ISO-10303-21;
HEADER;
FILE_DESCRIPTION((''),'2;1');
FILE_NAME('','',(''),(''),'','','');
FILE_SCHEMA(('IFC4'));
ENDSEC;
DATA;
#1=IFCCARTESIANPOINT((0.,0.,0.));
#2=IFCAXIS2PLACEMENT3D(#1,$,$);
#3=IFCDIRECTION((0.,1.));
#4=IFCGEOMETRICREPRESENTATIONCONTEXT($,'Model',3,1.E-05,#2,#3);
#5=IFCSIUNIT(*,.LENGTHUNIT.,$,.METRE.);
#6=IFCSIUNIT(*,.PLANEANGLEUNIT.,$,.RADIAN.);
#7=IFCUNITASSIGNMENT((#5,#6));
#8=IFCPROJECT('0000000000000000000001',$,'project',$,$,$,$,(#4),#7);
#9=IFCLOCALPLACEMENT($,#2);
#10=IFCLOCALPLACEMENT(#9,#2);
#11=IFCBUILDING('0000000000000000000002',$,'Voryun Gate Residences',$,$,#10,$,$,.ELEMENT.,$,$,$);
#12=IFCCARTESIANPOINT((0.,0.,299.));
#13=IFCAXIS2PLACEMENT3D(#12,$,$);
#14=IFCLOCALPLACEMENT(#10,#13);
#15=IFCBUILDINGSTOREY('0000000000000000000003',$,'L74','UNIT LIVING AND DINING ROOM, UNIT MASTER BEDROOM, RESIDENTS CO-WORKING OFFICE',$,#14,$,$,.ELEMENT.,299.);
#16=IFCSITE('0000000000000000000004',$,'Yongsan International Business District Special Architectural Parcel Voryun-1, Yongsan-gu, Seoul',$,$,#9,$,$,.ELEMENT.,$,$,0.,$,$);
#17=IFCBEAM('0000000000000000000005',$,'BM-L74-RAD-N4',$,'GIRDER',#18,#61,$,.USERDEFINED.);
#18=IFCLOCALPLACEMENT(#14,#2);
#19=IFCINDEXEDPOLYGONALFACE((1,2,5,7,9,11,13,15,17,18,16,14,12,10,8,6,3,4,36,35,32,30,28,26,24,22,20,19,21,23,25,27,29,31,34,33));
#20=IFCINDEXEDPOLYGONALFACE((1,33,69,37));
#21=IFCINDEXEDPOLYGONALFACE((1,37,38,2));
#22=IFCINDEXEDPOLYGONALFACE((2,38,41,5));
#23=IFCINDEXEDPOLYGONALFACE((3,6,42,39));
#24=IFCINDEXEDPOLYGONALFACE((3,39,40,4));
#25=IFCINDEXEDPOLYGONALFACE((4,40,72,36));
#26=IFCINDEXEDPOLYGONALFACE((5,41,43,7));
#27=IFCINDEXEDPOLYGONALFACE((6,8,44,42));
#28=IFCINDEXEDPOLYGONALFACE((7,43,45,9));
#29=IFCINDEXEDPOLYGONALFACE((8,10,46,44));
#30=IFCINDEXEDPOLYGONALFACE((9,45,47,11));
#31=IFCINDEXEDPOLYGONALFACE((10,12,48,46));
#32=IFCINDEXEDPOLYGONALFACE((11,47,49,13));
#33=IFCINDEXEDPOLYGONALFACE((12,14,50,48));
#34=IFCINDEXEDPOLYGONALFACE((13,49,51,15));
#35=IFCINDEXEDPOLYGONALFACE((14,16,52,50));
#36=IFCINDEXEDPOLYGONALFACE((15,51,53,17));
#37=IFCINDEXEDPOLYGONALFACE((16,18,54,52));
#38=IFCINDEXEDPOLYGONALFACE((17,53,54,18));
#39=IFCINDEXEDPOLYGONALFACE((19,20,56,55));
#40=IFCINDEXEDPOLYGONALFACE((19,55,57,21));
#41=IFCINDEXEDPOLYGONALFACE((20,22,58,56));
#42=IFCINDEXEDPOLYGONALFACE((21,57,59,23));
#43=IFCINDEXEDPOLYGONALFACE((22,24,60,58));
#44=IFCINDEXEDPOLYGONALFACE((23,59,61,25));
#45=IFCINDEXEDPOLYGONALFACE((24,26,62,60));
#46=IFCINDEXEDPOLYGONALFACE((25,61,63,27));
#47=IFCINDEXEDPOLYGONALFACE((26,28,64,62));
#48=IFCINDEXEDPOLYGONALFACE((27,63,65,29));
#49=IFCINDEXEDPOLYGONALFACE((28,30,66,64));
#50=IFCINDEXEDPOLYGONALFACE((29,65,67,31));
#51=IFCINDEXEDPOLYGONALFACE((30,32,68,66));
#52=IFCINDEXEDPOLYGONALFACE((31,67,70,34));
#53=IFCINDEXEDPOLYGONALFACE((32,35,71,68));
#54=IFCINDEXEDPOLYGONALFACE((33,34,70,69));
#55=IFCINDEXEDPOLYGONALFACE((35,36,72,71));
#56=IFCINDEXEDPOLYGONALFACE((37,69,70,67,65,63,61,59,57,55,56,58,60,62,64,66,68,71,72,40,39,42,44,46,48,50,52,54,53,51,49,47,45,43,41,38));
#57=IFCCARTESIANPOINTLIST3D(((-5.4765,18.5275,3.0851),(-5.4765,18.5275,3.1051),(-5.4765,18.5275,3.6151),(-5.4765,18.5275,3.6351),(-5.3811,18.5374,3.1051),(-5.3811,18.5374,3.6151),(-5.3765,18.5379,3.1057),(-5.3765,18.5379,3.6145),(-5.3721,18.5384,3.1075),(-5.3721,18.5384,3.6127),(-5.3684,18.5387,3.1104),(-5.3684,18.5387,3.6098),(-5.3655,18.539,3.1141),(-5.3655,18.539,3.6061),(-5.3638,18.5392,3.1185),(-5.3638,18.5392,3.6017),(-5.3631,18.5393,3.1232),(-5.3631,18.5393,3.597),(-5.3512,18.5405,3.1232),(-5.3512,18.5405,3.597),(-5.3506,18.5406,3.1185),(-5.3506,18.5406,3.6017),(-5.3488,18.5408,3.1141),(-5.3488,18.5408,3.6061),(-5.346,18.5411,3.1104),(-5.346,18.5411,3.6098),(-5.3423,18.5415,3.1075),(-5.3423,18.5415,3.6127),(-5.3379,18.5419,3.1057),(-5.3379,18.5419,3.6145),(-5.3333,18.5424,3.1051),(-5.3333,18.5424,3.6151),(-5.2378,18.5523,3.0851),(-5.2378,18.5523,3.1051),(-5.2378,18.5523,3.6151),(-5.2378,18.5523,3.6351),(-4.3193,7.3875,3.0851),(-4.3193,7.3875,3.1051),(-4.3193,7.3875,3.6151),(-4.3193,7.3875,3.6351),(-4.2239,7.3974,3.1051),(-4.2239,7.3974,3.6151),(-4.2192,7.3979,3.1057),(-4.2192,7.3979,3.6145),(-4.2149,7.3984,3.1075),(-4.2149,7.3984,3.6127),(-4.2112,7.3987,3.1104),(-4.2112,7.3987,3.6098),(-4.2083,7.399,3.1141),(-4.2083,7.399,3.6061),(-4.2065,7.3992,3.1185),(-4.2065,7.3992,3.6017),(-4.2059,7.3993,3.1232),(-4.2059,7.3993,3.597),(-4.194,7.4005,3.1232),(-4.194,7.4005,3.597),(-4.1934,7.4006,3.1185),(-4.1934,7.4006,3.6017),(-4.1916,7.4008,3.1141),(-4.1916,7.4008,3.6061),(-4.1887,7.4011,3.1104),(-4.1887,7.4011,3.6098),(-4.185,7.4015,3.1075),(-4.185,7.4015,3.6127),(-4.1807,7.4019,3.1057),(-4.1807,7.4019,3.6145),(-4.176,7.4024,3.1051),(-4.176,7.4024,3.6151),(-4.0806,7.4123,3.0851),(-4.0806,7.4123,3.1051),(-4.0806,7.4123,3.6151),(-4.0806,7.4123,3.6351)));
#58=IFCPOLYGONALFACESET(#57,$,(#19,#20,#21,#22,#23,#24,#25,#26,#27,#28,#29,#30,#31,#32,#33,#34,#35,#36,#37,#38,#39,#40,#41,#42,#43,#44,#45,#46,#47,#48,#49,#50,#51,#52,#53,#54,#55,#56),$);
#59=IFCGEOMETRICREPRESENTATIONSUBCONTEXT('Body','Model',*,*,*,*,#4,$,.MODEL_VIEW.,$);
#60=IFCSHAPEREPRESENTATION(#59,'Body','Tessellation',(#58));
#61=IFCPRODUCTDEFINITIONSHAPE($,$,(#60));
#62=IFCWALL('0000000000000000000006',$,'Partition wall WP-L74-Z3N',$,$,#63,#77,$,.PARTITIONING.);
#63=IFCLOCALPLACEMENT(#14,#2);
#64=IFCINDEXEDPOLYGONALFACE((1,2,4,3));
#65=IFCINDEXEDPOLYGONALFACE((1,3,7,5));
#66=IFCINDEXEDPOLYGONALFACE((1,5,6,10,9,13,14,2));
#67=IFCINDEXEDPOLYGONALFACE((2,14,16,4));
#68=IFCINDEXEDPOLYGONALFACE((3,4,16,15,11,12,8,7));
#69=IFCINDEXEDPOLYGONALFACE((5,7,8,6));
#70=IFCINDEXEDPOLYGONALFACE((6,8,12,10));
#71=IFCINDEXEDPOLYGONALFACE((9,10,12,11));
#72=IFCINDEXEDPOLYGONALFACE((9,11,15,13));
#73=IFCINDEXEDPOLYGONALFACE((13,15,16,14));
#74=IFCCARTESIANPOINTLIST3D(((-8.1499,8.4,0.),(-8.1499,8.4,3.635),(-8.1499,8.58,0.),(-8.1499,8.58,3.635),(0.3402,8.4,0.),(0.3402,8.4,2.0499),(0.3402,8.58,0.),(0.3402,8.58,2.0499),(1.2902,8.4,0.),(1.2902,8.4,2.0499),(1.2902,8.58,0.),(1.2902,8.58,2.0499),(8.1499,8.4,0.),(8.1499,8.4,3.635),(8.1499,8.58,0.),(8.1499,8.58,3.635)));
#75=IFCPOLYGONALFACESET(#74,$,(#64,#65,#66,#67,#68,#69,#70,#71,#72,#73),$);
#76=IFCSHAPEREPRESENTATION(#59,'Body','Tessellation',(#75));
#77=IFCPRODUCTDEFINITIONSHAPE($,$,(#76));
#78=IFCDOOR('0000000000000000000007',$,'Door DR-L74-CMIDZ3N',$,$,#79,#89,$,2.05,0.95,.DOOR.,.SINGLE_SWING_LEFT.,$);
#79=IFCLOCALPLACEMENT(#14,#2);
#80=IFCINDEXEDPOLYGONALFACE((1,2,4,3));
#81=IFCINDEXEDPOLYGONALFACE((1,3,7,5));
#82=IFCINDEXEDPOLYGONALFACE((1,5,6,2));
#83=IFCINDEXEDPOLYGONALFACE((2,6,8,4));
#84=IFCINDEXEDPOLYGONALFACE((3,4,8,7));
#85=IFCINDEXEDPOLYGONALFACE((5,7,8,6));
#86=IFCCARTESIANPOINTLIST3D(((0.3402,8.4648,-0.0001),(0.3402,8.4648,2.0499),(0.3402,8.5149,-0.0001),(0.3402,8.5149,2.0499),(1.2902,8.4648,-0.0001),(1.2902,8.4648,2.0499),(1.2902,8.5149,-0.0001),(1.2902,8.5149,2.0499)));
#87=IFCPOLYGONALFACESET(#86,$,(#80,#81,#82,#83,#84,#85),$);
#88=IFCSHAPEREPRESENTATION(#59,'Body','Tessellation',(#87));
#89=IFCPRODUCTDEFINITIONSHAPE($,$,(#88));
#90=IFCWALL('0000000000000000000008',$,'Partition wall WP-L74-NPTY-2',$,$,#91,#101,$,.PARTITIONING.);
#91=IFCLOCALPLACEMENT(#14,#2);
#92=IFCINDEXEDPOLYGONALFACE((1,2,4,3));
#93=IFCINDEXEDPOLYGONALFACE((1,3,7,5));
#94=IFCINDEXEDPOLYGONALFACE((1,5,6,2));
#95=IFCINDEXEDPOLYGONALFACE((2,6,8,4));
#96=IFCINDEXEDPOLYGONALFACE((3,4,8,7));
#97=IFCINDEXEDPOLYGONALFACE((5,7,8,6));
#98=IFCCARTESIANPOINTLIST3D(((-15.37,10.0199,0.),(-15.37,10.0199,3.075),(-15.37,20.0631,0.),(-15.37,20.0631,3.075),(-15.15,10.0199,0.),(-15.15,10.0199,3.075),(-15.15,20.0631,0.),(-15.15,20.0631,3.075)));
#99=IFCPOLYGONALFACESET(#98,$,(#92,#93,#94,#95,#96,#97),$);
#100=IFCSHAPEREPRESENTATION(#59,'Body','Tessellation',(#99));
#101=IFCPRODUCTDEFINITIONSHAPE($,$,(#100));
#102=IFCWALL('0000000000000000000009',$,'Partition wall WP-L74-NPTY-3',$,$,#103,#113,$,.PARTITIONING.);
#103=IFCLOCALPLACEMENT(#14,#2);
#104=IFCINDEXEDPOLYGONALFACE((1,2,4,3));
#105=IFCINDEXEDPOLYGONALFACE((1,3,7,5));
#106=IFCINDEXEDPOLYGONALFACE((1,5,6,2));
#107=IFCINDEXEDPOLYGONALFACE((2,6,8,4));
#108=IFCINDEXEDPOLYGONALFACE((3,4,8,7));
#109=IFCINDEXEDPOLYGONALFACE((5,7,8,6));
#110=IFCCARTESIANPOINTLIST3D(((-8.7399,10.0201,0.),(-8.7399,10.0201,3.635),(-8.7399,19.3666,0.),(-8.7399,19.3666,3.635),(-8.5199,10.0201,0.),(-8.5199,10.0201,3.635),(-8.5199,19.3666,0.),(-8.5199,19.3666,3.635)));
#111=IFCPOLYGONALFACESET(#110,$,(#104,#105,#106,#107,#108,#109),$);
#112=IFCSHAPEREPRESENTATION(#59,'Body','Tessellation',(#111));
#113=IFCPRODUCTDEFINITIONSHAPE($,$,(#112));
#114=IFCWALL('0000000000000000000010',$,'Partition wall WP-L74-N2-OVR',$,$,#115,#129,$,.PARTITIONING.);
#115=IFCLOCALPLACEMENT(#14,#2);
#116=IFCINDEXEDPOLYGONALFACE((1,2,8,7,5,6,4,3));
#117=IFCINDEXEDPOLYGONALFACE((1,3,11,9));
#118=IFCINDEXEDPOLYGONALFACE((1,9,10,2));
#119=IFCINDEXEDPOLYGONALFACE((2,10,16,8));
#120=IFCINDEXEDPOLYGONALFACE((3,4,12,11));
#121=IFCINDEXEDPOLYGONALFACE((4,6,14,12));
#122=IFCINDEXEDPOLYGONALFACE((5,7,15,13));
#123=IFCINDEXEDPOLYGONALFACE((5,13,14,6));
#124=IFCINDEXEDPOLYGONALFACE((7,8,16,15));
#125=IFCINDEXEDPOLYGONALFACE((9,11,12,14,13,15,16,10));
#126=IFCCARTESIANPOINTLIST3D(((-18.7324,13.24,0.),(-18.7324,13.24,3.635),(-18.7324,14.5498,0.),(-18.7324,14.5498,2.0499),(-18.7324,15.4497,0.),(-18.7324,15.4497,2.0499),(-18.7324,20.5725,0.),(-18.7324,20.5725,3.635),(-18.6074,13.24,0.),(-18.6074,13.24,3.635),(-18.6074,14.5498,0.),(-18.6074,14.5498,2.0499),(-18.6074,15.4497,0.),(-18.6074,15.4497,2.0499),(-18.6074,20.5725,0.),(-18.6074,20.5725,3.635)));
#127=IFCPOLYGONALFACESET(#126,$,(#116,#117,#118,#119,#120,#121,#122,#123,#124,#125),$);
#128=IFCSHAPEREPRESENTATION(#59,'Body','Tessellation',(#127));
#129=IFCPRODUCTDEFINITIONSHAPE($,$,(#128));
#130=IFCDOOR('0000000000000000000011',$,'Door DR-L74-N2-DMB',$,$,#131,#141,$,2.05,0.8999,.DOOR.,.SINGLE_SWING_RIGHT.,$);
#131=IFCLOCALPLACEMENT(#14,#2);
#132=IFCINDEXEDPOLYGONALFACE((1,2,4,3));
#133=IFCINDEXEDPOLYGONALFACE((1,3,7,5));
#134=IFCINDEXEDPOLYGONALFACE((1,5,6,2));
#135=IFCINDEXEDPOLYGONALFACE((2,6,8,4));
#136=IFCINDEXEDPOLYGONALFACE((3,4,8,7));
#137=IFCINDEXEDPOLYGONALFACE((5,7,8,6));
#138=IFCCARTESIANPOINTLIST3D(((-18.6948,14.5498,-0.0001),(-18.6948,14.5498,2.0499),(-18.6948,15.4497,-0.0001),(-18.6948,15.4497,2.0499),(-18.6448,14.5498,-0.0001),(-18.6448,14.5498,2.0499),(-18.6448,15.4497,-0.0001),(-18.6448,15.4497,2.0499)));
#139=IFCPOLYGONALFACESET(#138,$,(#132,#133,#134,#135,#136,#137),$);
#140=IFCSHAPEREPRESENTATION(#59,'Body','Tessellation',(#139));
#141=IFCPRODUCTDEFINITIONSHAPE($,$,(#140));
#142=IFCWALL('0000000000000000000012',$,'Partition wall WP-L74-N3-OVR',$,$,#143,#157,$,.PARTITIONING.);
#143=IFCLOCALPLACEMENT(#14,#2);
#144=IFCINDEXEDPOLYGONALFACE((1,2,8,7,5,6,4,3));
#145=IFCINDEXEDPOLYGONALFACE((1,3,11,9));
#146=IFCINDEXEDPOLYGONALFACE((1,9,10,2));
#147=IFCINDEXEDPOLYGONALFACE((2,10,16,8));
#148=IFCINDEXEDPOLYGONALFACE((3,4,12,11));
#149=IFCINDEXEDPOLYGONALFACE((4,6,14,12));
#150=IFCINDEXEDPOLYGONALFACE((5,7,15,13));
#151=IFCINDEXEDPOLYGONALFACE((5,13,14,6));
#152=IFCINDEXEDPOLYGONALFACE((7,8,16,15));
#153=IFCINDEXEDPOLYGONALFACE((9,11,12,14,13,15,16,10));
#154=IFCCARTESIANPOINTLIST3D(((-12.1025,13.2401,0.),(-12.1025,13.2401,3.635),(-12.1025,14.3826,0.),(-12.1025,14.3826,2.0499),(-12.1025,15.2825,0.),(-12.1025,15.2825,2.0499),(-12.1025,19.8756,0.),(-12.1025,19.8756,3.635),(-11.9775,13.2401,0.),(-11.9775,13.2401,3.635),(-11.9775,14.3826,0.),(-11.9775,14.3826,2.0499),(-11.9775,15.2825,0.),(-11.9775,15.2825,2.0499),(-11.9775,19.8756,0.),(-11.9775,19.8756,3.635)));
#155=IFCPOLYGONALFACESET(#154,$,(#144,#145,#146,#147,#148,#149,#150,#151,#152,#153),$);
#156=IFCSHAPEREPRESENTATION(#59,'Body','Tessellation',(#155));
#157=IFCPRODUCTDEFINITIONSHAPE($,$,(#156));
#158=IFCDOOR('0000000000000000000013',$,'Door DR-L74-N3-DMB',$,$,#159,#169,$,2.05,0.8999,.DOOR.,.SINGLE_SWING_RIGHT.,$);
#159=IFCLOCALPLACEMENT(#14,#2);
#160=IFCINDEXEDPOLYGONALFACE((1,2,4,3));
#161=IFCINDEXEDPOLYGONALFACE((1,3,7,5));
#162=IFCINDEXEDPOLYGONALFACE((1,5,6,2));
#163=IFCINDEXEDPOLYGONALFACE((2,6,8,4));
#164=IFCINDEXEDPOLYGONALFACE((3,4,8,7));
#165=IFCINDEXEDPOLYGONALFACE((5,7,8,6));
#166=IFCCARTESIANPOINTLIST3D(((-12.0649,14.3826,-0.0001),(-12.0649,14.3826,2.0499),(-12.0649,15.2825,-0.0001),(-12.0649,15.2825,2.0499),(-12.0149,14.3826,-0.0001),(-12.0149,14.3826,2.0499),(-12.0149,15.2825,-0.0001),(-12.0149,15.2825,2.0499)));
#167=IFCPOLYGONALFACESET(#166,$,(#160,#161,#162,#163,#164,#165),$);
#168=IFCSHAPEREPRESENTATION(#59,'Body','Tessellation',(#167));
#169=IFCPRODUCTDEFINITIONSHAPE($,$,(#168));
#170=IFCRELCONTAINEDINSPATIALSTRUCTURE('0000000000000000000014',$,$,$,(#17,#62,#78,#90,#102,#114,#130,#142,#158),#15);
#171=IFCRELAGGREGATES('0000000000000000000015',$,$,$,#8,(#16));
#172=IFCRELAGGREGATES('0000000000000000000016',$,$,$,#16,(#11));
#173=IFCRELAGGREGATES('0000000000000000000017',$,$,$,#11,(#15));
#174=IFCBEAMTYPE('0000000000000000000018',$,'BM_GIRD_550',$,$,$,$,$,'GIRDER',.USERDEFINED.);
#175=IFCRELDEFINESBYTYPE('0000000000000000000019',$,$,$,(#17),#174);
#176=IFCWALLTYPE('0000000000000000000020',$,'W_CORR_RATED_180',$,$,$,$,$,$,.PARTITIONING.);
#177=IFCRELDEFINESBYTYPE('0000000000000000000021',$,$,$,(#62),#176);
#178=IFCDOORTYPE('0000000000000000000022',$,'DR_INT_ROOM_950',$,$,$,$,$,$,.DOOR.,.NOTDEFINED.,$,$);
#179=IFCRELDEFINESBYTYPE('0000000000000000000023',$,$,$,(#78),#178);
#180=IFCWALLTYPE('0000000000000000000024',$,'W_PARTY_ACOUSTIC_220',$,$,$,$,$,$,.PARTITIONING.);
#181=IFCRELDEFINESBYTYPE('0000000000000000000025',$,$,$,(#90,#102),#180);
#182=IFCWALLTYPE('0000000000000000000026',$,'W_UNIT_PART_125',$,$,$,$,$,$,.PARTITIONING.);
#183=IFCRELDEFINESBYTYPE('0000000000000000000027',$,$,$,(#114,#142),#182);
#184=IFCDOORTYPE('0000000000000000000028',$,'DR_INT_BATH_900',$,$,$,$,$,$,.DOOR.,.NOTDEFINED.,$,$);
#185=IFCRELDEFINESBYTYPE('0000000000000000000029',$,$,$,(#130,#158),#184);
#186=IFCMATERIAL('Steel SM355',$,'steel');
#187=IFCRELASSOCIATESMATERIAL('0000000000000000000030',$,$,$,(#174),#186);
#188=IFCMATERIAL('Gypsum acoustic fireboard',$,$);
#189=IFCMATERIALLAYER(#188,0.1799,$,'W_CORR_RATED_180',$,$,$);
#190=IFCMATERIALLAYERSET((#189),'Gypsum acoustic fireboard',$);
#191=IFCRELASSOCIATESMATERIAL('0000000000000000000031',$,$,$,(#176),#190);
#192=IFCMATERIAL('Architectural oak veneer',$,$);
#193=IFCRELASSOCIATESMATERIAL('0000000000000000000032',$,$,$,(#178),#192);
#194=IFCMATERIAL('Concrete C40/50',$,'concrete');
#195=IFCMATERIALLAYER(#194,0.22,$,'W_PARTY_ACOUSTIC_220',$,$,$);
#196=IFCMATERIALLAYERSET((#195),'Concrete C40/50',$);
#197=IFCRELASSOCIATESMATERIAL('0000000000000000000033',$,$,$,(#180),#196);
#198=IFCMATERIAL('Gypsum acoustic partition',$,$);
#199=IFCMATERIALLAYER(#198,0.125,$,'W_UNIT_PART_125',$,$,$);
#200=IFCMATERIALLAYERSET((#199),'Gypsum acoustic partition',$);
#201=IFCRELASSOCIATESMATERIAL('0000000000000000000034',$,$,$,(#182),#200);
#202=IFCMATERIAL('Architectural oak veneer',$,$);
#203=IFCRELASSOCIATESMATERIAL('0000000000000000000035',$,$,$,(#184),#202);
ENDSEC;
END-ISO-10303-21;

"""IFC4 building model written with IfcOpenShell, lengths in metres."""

from ifc_helpers import new_model, si_unit, direction, frame, frame_2d, origin, origin_2d, place, context, subcontext, project, spatial, rectangle, i_section, extrude, material, layer, layer_set, material_profile, profile_set, type_object, element, fill, save


model = new_model("IFC4")

# Units and contexts
model_context = context("Model", 3, precision=1e-05, world=origin(), true_north=direction((0.0, 1.0)))
body_context = subcontext(model_context, "Body", "Model", "MODEL_VIEW")
ifc_project = project(units=[si_unit("LENGTHUNIT", "METRE"), si_unit("PLANEANGLEUNIT", "RADIAN")], contexts=[model_context])

# Site, building, storey
site_placement = place(None, origin())
site = spatial("IfcSite", under=ifc_project, at=site_placement, Name="Yongsan International Business District Special Architectural Parcel Voryun-1, Yongsan-gu, Seoul", CompositionType="ELEMENT", RefElevation=0.0)
building_placement = place(site_placement, origin())
building = spatial("IfcBuilding", under=site, at=building_placement, Name="Voryun Gate Residences", CompositionType="ELEMENT")
storey_placement = place(building_placement, frame((0.0, 0.0, 299.0)))
storey = spatial("IfcBuildingStorey", under=building, at=storey_placement, Name="L74", Description="UNIT LIVING AND DINING ROOM, UNIT MASTER BEDROOM, RESIDENTS CO-WORKING OFFICE", CompositionType="ELEMENT", Elevation=299.0)

# Beam
ifc_material_1 = material(Name="Steel SM355", Category="steel")
ifc_material_profile_1 = material_profile(ifc_material_1, i_section(OverallWidth=0.24, OverallDepth=0.55, WebThickness=0.012, FlangeThickness=0.02, FilletRadius=0.0181, at=origin_2d()), Name="H-550x240x12x20")
ifc_profile_set_1 = profile_set([ifc_material_profile_1], Name="Steel SM355")
beam_type_1 = type_object("IfcBeamType", Name="BM_GIRD_550", ElementType="GIRDER", PredefinedType="USERDEFINED", material=ifc_profile_set_1)
beam_1_placement = place(storey_placement, frame((-4.2, 7.3999, 3.3601), z_axis=(-0.103325, 0.994648, 0.0), x_axis=(-0.994648, -0.103325, 0.0)))
element("IfcBeam", 1, at=beam_1_placement, inside=storey, type_object=beam_type_1, Name="BM-L74-RAD-N4", ObjectType="GIRDER", PredefinedType="USERDEFINED", context=body_context, shape_type="SweptSolid", body=[
    extrude(i_section(OverallWidth=0.24, OverallDepth=0.55, WebThickness=0.012, FlangeThickness=0.02, FilletRadius=0.0181, at=origin_2d()), origin(), (0.0, 0.0, 1.0), 11.2),
])

# Wall, opening, door
ifc_material_2 = material(Name="Gypsum acoustic fireboard")
ifc_layer_1 = layer(ifc_material_2, 0.1799, Name="W_CORR_RATED_180")
ifc_layer_set_1 = layer_set([ifc_layer_1], Name="Gypsum acoustic fireboard")
wall_type_1 = type_object("IfcWallType", Name="W_CORR_RATED_180", PredefinedType="PARTITIONING", material=ifc_layer_set_1)
wall_1_placement = place(storey_placement, frame((-8.1499, 8.49, 0.0), z_axis=(0.0, 0.0, 1.0), x_axis=(1.0, 0.0, 0.0)))
wall_1 = element("IfcWall", 2, at=wall_1_placement, inside=storey, type_object=wall_type_1, Name="Partition wall WP-L74-Z3N", PredefinedType="PARTITIONING", context=body_context, shape_type="SweptSolid", body=[
    extrude(rectangle(XDim=16.2998, YDim=0.1799, at=frame_2d((8.1499, 0.0))), origin(), (0.0, 0.0, 1.0), 3.635),
])
opening_1_placement = place(wall_1_placement, frame((8.49, 0.0, 0.0)))
opening_1 = element("IfcOpeningElement", 3, at=opening_1_placement, cuts=wall_1, PredefinedType="OPENING", context=body_context, shape_type="SweptSolid", body=[
    extrude(rectangle(XDim=0.95, YDim=2.05, at=frame_2d((0.4751, 1.0249))), frame((0.0, 0.0999, 0.0), z_axis=(0.0, -1.0, 0.0), x_axis=(1.0, 0.0, 0.0)), (0.0, 0.0, 1.0), 0.2),
])
ifc_material_3 = material(Name="Architectural oak veneer")
door_type_1 = type_object("IfcDoorType", Name="DR_INT_ROOM_950", OperationType="NOTDEFINED", PredefinedType="DOOR", material=ifc_material_3)
door_1_placement = place(opening_1_placement, origin())
door_1 = element("IfcDoor", 4, at=door_1_placement, inside=storey, type_object=door_type_1, Name="Door DR-L74-CMIDZ3N", OperationType="SINGLE_SWING_LEFT", OverallHeight=2.05, OverallWidth=0.95, PredefinedType="DOOR", context=body_context, shape_type="SweptSolid", body=[
    extrude(rectangle(XDim=0.95, YDim=2.05, at=frame_2d((0.4751, 1.0249))), frame((0.0, 0.0249, 0.0), z_axis=(0.0, -1.0, 0.0), x_axis=(1.0, 0.0, 0.0)), (0.0, 0.0, 1.0), 0.05),
])
fill(opening_1, door_1)

# Walls
ifc_material_4 = material(Name="Concrete C40/50", Category="concrete")
ifc_layer_2 = layer(ifc_material_4, 0.22, Name="W_PARTY_ACOUSTIC_220")
ifc_layer_set_2 = layer_set([ifc_layer_2], Name="Concrete C40/50")
wall_type_2 = type_object("IfcWallType", Name="W_PARTY_ACOUSTIC_220", PredefinedType="PARTITIONING", material=ifc_layer_set_2)
wall_2_placement = place(storey_placement, frame((-15.26, 10.02, 0.0), z_axis=(0.0, 0.0, 1.0), x_axis=(0.0, 1.0, 0.0)))
element("IfcWall", 5, at=wall_2_placement, inside=storey, type_object=wall_type_2, Name="Partition wall WP-L74-NPTY-2", PredefinedType="PARTITIONING", context=body_context, shape_type="SweptSolid", body=[
    extrude(rectangle(XDim=10.0432, YDim=0.22, at=frame_2d((5.0215, 0.0))), origin(), (0.0, 0.0, 1.0), 3.075),
])
wall_3_placement = place(storey_placement, frame((-8.6299, 10.02, 0.0), z_axis=(0.0, 0.0, 1.0), x_axis=(0.0, 1.0, 0.0)))
element("IfcWall", 6, at=wall_3_placement, inside=storey, type_object=wall_type_2, Name="Partition wall WP-L74-NPTY-3", PredefinedType="PARTITIONING", context=body_context, shape_type="SweptSolid", body=[
    extrude(rectangle(XDim=9.3464, YDim=0.22, at=frame_2d((4.6733, 0.0))), origin(), (0.0, 0.0, 1.0), 3.635),
])

# Walls, openings, doors
ifc_material_5 = material(Name="Gypsum acoustic partition")
ifc_layer_3 = layer(ifc_material_5, 0.125, Name="W_UNIT_PART_125")
ifc_layer_set_3 = layer_set([ifc_layer_3], Name="Gypsum acoustic partition")
wall_type_3 = type_object("IfcWallType", Name="W_UNIT_PART_125", PredefinedType="PARTITIONING", material=ifc_layer_set_3)
wall_4_placement = place(storey_placement, frame((-18.6699, 13.24, 0.0), z_axis=(0.0, 0.0, 1.0), x_axis=(0.0, 1.0, 0.0)))
wall_4 = element("IfcWall", 7, at=wall_4_placement, inside=storey, type_object=wall_type_3, Name="Partition wall WP-L74-N2-OVR", PredefinedType="PARTITIONING", context=body_context, shape_type="SweptSolid", body=[
    extrude(rectangle(XDim=7.3325, YDim=0.125, at=frame_2d((3.6663, 0.0))), origin(), (0.0, 0.0, 1.0), 3.635),
])
opening_2_placement = place(wall_4_placement, frame((1.3098, 0.0, 0.0)))
opening_2 = element("IfcOpeningElement", 8, at=opening_2_placement, cuts=wall_4, PredefinedType="OPENING", context=body_context, shape_type="SweptSolid", body=[
    extrude(rectangle(XDim=0.8999, YDim=2.05, at=frame_2d((0.45, 1.0249))), frame((0.0, 0.0725, 0.0), z_axis=(0.0, -1.0, 0.0), x_axis=(1.0, 0.0, 0.0)), (0.0, 0.0, 1.0), 0.145),
])
ifc_material_6 = material(Name="Architectural oak veneer")
door_type_2 = type_object("IfcDoorType", Name="DR_INT_BATH_900", OperationType="NOTDEFINED", PredefinedType="DOOR", material=ifc_material_6)
door_2_placement = place(opening_2_placement, origin())
door_2 = element("IfcDoor", 9, at=door_2_placement, inside=storey, type_object=door_type_2, Name="Door DR-L74-N2-DMB", OperationType="SINGLE_SWING_RIGHT", OverallHeight=2.05, OverallWidth=0.8999, PredefinedType="DOOR", context=body_context, shape_type="SweptSolid", body=[
    extrude(rectangle(XDim=0.8999, YDim=2.05, at=frame_2d((0.45, 1.0249))), frame((0.0, 0.0249, 0.0), z_axis=(0.0, -1.0, 0.0), x_axis=(1.0, 0.0, 0.0)), (0.0, 0.0, 1.0), 0.05),
])
fill(opening_2, door_2)
wall_5_placement = place(storey_placement, frame((-12.04, 13.24, 0.0), z_axis=(0.0, 0.0, 1.0), x_axis=(0.0, 1.0, 0.0)))
wall_5 = element("IfcWall", 10, at=wall_5_placement, inside=storey, type_object=wall_type_3, Name="Partition wall WP-L74-N3-OVR", PredefinedType="PARTITIONING", context=body_context, shape_type="SweptSolid", body=[
    extrude(rectangle(XDim=6.6355, YDim=0.125, at=frame_2d((3.3179, 0.0))), origin(), (0.0, 0.0, 1.0), 3.635),
])
opening_3_placement = place(wall_5_placement, frame((1.1426, 0.0, 0.0)))
opening_3 = element("IfcOpeningElement", 11, at=opening_3_placement, cuts=wall_5, PredefinedType="OPENING", context=body_context, shape_type="SweptSolid", body=[
    extrude(rectangle(XDim=0.8999, YDim=2.05, at=frame_2d((0.45, 1.0249))), frame((0.0, 0.0725, 0.0), z_axis=(0.0, -1.0, 0.0), x_axis=(1.0, 0.0, 0.0)), (0.0, 0.0, 1.0), 0.145),
])
door_3_placement = place(opening_3_placement, origin())
door_3 = element("IfcDoor", 12, at=door_3_placement, inside=storey, type_object=door_type_2, Name="Door DR-L74-N3-DMB", OperationType="SINGLE_SWING_RIGHT", OverallHeight=2.05, OverallWidth=0.8999, PredefinedType="DOOR", context=body_context, shape_type="SweptSolid", body=[
    extrude(rectangle(XDim=0.8999, YDim=2.05, at=frame_2d((0.45, 1.0249))), frame((0.0, 0.0249, 0.0), z_axis=(0.0, -1.0, 0.0), x_axis=(1.0, 0.0, 0.0)), (0.0, 0.0, 1.0), 0.05),
])
fill(opening_3, door_3)

save(model, "model.ifc")
